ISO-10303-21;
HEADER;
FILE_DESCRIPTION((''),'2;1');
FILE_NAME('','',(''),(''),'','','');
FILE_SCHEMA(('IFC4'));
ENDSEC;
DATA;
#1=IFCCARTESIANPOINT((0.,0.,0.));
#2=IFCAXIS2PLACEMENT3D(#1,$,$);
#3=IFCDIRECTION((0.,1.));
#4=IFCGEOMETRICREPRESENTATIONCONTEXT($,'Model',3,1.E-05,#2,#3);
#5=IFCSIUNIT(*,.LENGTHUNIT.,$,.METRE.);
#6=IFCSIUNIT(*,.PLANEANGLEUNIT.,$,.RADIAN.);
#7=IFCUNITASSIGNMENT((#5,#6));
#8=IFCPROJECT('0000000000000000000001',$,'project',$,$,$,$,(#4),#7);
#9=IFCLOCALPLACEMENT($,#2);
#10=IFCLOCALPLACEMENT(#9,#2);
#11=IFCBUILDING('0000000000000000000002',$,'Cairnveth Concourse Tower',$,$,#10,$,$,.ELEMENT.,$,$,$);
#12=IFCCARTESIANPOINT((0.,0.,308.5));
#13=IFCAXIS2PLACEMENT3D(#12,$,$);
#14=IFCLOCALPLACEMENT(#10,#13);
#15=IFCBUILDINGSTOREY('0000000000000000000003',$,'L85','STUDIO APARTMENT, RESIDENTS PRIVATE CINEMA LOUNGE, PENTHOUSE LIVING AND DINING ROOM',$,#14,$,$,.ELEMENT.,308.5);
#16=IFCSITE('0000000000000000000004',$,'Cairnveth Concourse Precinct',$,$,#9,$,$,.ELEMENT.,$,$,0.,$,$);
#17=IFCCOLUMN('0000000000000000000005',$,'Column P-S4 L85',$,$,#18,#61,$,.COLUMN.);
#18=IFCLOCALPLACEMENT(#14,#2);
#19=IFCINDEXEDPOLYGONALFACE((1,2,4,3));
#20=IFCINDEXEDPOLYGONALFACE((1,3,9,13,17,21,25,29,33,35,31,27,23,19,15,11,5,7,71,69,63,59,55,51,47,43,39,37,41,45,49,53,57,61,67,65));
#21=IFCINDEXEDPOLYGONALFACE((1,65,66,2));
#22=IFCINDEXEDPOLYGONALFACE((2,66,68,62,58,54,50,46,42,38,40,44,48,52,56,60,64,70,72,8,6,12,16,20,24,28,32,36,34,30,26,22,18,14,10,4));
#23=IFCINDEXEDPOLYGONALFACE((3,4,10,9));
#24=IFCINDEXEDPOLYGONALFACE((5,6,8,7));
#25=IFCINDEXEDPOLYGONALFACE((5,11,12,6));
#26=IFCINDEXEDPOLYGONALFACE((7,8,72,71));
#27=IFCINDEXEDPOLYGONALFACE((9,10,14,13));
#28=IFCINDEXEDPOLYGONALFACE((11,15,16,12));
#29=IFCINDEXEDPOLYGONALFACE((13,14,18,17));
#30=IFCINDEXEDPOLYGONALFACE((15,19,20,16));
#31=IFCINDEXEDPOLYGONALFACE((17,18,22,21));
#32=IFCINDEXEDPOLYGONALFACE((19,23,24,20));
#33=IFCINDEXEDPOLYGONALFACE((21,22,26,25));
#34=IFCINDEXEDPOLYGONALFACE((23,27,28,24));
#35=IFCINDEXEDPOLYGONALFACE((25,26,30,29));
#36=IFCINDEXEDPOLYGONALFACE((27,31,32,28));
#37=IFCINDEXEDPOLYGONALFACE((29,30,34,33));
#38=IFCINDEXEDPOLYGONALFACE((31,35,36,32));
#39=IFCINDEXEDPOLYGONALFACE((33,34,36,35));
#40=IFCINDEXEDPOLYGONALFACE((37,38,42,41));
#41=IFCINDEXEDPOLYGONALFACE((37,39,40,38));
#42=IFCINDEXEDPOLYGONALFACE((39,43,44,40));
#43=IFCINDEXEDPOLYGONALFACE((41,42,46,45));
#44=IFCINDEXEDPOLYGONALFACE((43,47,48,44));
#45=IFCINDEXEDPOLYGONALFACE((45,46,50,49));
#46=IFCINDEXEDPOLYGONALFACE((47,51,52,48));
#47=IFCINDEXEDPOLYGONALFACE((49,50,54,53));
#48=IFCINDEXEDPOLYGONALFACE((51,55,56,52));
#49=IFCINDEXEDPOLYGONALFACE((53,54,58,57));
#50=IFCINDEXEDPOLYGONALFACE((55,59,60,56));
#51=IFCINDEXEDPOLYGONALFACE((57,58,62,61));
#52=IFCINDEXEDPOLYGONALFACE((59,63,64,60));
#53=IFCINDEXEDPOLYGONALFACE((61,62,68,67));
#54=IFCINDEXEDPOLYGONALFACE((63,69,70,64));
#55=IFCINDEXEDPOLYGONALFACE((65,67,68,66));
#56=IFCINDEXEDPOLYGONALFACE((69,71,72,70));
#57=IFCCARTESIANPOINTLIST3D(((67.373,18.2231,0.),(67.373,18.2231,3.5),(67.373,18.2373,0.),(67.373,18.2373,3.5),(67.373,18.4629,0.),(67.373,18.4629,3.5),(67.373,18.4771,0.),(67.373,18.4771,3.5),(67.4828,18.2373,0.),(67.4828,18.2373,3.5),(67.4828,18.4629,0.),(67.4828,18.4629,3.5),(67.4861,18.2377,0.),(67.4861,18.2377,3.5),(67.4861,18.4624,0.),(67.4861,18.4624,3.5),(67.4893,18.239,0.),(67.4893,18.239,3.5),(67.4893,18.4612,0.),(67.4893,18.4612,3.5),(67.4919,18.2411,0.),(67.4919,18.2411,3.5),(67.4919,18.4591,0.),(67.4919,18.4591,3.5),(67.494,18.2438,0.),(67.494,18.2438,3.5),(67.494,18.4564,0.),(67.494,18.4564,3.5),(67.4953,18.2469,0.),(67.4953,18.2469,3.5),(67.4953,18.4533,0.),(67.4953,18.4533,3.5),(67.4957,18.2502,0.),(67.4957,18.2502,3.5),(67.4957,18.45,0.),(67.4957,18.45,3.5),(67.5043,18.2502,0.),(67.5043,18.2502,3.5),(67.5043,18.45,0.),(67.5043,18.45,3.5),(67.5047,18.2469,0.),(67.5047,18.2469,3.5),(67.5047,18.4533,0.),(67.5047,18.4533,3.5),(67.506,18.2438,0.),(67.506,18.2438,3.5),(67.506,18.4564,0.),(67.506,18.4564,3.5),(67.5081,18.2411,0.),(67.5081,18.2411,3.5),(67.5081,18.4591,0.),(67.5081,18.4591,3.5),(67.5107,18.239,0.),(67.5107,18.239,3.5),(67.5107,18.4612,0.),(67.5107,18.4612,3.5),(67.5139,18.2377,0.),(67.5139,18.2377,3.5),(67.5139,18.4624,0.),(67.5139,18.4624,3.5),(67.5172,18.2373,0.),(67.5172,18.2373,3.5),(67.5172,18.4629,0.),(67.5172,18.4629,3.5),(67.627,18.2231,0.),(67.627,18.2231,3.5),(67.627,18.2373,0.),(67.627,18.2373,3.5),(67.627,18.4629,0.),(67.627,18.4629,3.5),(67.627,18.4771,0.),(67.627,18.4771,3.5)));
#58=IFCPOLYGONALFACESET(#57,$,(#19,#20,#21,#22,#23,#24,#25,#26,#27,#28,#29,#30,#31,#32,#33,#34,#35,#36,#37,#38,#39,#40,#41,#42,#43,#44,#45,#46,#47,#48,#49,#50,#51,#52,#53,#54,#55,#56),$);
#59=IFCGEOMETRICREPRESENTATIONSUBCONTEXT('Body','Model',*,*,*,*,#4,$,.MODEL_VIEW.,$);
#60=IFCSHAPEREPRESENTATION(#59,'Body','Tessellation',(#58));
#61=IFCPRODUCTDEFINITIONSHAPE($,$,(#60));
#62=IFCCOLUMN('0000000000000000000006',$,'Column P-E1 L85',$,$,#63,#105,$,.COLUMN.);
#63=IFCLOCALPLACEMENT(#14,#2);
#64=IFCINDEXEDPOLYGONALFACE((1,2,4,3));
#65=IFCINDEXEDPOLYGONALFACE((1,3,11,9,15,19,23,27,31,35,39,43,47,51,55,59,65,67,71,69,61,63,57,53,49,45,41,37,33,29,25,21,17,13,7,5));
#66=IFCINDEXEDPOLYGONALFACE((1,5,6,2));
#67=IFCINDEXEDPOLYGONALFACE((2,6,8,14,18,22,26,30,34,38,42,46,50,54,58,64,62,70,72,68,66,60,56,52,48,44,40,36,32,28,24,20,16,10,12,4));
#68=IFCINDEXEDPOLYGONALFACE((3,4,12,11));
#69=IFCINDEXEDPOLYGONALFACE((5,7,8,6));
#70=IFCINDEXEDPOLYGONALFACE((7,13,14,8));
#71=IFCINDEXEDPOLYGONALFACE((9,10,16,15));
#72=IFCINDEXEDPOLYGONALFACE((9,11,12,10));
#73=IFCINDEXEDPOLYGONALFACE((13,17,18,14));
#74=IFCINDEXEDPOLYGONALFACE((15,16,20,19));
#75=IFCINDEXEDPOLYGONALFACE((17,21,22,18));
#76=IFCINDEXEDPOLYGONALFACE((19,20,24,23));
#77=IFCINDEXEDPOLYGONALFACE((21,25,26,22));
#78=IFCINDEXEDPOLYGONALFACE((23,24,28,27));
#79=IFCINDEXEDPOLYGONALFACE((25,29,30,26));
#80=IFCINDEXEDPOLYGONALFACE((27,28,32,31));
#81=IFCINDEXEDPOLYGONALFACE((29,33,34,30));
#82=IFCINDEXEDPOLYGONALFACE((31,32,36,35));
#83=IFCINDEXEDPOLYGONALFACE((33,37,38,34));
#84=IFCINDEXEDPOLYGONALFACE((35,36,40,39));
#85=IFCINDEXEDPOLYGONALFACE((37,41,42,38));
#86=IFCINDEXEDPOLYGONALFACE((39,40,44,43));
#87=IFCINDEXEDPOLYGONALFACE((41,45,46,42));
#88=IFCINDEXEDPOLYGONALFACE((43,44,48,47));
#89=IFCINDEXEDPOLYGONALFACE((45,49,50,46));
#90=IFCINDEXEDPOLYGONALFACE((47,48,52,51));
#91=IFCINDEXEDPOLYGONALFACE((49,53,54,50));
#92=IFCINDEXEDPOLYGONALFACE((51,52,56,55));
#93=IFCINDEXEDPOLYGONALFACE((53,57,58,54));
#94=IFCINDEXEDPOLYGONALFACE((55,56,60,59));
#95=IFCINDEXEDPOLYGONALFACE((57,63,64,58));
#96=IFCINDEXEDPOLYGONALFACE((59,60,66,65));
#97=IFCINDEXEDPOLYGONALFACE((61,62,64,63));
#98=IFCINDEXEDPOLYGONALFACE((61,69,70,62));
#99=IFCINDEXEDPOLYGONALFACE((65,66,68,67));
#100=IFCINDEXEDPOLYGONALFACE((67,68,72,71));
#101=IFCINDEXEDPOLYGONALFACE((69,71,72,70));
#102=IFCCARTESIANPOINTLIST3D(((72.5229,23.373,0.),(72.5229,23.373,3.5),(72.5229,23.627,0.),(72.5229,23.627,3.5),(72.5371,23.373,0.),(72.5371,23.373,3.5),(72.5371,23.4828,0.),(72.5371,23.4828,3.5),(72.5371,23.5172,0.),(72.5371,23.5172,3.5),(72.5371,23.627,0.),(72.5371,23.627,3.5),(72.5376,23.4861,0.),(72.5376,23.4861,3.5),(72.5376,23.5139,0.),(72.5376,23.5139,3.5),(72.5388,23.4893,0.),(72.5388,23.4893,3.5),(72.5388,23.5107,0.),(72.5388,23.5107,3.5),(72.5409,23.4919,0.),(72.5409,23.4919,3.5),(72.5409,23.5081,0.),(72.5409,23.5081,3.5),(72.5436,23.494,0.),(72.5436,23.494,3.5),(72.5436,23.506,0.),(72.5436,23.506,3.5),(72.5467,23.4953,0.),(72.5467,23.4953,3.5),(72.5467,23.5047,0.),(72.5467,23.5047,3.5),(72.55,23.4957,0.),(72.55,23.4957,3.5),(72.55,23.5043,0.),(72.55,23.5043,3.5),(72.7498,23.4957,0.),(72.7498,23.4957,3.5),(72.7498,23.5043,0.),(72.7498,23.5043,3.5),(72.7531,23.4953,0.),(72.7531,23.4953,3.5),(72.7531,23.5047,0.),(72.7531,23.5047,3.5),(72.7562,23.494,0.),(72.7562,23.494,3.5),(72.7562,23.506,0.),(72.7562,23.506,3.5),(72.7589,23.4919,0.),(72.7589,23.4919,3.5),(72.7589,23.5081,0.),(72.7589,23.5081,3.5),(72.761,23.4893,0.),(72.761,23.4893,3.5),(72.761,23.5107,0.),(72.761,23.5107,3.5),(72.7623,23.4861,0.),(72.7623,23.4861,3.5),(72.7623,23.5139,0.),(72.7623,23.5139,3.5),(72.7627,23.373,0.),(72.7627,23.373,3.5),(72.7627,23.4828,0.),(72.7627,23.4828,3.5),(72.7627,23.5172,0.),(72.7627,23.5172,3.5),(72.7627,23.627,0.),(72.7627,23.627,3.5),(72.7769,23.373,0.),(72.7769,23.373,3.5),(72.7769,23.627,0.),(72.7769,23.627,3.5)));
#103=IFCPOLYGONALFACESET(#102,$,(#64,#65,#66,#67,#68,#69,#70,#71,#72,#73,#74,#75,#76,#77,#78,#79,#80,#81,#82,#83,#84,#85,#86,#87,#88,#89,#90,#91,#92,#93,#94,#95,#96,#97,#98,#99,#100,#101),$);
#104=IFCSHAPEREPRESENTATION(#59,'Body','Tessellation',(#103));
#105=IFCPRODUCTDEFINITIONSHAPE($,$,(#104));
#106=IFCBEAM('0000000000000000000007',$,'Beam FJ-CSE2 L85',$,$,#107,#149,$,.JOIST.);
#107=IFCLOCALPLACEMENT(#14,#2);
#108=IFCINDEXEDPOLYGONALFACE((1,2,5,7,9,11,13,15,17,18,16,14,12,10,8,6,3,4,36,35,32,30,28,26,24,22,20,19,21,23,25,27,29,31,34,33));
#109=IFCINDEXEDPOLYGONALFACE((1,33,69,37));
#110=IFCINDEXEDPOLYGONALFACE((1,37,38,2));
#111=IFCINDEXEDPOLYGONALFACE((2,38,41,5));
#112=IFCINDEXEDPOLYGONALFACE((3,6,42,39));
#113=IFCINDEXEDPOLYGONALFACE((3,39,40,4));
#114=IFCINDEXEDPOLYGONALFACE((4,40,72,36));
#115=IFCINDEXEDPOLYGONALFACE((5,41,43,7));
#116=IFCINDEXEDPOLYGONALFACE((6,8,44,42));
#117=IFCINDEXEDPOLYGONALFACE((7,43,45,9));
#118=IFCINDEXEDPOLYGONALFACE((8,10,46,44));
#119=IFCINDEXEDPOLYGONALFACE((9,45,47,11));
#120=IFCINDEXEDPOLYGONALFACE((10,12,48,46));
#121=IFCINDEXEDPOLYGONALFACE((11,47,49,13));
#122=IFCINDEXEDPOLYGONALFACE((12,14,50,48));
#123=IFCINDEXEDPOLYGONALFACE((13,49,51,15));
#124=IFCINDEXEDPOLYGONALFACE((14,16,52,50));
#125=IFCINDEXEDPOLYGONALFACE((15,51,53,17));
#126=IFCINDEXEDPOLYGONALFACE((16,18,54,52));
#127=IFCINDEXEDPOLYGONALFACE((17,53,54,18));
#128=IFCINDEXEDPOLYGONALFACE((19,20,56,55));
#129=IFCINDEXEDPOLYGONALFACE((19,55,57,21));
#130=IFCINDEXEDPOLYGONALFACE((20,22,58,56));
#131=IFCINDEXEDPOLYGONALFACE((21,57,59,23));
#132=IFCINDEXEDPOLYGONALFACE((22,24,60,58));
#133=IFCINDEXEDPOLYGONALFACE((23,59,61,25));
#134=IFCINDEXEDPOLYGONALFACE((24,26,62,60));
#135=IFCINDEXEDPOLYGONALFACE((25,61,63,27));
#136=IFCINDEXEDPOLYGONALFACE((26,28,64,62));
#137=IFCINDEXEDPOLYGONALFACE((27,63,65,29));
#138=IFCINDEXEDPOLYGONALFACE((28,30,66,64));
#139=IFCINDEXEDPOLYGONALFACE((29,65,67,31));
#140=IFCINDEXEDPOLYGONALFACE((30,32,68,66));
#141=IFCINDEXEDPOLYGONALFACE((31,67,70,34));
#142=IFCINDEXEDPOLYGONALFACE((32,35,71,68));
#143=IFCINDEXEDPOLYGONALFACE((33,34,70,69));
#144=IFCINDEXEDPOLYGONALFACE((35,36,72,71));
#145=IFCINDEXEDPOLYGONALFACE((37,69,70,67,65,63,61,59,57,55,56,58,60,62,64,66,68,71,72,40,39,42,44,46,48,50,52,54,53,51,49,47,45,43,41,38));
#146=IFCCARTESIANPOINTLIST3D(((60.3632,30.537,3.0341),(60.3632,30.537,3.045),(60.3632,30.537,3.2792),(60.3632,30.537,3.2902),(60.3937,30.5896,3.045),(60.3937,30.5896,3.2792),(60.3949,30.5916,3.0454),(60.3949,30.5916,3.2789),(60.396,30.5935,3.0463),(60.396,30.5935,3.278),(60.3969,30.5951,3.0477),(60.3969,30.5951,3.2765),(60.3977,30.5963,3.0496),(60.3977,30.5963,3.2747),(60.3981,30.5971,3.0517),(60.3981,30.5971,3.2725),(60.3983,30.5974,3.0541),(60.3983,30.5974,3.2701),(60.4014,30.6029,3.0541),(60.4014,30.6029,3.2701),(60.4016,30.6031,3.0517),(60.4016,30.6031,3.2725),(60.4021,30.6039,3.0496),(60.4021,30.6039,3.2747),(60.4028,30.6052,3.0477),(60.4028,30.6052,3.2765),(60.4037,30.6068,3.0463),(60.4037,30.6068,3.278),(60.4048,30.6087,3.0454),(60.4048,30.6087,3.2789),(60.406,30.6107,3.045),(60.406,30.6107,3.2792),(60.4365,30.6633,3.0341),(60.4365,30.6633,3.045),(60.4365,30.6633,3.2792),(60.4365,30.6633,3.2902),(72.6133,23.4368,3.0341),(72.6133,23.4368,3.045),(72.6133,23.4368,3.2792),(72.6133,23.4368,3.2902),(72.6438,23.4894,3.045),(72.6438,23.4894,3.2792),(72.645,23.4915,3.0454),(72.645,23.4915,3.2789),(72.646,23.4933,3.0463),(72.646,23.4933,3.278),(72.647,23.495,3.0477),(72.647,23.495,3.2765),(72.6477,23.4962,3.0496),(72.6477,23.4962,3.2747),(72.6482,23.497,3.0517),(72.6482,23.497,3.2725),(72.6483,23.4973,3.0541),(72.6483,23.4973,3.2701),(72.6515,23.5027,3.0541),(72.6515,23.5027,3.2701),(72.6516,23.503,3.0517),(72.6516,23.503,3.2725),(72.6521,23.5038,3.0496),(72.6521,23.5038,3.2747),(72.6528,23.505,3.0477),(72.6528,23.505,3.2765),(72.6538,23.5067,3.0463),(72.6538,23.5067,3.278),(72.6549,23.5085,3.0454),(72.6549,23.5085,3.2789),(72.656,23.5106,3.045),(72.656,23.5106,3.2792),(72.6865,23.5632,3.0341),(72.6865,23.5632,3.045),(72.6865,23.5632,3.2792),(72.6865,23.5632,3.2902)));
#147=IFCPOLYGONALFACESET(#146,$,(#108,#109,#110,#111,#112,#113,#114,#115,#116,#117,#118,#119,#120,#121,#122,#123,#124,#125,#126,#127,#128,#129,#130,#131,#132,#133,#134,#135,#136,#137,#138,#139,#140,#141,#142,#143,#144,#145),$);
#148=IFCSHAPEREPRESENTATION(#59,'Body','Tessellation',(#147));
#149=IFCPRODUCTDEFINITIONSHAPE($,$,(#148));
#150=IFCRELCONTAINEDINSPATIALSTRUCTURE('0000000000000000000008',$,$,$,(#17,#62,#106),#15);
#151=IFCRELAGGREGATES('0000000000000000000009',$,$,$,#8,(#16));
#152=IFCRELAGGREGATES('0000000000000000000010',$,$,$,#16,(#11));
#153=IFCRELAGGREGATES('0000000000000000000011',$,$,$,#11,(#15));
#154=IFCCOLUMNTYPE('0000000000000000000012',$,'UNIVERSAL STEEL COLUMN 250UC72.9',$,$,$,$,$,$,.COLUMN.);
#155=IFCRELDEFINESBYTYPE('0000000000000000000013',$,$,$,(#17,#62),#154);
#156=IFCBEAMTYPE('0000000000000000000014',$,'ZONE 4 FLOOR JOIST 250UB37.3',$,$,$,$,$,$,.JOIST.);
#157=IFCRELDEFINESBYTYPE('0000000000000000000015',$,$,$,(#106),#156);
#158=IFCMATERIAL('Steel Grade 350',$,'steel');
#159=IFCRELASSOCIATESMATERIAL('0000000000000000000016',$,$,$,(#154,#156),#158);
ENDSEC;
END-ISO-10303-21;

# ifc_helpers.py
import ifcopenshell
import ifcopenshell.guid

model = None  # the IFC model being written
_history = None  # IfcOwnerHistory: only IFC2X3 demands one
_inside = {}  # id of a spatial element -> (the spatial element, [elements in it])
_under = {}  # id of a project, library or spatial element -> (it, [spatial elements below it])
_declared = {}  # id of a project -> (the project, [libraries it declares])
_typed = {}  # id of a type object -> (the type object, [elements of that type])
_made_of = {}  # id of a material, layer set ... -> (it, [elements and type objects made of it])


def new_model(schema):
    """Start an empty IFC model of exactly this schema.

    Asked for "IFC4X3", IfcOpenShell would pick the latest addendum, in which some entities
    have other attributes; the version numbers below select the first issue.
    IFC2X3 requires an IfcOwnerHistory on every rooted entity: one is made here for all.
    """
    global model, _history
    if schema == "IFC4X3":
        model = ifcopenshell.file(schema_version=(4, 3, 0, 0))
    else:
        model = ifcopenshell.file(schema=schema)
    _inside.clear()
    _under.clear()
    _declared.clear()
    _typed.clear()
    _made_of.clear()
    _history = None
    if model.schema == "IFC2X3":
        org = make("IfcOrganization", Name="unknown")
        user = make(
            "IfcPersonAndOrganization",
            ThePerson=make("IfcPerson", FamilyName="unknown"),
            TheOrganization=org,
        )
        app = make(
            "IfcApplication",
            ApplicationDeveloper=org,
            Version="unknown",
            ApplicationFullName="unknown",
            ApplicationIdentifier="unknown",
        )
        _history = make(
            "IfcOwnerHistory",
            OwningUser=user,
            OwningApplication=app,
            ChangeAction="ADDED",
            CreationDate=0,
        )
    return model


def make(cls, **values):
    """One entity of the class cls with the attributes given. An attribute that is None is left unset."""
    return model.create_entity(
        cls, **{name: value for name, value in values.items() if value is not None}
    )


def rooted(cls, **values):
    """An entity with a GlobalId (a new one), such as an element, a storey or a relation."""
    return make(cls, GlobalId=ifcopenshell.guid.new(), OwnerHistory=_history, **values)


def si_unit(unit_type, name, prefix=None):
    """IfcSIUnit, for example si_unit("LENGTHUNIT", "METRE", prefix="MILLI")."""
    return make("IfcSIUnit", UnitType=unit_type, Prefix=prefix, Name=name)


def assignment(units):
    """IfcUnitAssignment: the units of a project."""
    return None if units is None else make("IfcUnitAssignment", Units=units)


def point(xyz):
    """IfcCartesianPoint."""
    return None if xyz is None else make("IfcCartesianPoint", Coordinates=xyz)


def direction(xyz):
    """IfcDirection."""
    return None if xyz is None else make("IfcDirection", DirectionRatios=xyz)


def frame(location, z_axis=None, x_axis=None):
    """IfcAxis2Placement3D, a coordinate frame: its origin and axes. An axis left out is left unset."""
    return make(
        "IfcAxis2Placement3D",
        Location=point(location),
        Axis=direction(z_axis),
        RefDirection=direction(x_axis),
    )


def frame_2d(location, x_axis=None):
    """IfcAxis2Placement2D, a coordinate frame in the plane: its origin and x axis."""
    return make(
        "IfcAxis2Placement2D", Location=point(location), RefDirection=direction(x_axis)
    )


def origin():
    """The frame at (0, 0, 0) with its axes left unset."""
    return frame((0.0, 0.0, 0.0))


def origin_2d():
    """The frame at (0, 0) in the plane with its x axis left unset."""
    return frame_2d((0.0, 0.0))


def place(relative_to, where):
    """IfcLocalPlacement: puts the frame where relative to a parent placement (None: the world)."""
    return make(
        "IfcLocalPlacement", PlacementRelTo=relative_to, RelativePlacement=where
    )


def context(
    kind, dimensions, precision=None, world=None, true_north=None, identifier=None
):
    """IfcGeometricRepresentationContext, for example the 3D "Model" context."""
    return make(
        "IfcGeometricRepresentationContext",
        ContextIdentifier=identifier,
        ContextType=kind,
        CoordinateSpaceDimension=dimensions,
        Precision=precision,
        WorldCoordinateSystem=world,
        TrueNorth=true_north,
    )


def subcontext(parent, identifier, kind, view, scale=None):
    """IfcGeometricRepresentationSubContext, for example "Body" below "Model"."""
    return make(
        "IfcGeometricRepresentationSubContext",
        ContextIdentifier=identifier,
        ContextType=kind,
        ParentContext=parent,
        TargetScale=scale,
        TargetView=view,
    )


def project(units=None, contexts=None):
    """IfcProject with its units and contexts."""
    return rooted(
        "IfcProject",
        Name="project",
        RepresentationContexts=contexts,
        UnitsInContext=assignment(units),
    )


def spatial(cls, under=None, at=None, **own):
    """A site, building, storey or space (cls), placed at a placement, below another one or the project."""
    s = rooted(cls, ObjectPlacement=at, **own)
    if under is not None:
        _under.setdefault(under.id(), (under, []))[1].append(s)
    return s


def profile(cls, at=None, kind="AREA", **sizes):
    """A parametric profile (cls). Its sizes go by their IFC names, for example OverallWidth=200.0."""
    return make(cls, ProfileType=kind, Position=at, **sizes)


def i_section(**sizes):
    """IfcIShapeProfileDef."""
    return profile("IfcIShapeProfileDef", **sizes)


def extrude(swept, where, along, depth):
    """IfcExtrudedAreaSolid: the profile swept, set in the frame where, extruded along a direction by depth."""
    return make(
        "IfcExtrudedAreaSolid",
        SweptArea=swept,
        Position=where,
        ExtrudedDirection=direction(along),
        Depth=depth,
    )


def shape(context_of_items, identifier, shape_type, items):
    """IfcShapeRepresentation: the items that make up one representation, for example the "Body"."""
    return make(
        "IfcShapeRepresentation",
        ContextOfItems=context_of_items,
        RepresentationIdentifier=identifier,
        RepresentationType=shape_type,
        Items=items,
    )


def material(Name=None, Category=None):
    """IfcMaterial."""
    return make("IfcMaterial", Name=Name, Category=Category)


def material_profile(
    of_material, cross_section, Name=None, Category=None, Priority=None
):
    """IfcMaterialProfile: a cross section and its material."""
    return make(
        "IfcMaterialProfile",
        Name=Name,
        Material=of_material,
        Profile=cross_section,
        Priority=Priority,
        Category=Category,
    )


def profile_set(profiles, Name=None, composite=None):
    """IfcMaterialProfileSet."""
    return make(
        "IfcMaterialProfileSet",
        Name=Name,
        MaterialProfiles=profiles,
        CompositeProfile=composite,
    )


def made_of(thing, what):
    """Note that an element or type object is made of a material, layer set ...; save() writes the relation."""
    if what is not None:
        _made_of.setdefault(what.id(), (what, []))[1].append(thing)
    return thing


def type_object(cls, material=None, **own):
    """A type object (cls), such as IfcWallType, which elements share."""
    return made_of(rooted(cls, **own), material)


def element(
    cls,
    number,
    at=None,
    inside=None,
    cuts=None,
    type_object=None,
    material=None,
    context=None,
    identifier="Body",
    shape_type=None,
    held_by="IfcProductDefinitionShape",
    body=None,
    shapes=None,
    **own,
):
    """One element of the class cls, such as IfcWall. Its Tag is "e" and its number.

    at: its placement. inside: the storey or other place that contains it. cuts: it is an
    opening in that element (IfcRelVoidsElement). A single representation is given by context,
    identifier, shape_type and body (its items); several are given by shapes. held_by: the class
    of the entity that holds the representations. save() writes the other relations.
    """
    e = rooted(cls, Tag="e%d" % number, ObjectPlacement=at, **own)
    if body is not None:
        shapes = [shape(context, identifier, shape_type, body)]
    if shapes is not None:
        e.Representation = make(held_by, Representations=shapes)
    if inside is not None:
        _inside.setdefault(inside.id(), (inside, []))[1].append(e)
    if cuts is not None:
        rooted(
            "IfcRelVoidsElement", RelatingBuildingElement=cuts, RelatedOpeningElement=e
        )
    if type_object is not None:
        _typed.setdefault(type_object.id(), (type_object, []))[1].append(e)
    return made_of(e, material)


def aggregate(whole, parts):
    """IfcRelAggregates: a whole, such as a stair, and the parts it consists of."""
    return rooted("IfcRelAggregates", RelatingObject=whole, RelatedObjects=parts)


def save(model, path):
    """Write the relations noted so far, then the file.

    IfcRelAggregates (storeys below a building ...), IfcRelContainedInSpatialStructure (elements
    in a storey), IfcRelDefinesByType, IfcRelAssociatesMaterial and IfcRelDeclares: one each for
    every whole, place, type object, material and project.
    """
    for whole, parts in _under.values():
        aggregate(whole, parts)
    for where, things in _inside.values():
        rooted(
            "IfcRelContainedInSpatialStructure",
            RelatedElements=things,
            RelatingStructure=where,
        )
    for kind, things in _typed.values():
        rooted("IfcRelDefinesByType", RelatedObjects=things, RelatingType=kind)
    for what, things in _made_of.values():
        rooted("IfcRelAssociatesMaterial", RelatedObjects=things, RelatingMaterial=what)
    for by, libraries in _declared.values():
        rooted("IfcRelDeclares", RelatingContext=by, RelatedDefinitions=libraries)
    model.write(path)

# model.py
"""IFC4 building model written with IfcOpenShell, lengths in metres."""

from ifc_helpers import new_model, si_unit, direction, frame, origin, origin_2d, place, context, subcontext, project, spatial, i_section, extrude, material, material_profile, profile_set, type_object, element, save


model = new_model("IFC4")

# Units and contexts
model_context = context("Model", 3, precision=1e-05, world=origin(), true_north=direction((0.0, 1.0)))
body_context = subcontext(model_context, "Body", "Model", "MODEL_VIEW")
ifc_project = project(units=[si_unit("LENGTHUNIT", "METRE"), si_unit("PLANEANGLEUNIT", "RADIAN")], contexts=[model_context])

# Site, building, storey
site_placement = place(None, origin())
site = spatial("IfcSite", under=ifc_project, at=site_placement, Name="Cairnveth Concourse Precinct", CompositionType="ELEMENT", RefElevation=0.0)
building_placement = place(site_placement, origin())
building = spatial("IfcBuilding", under=site, at=building_placement, Name="Cairnveth Concourse Tower", CompositionType="ELEMENT")
storey_placement = place(building_placement, frame((0.0, 0.0, 308.5)))
storey = spatial("IfcBuildingStorey", under=building, at=storey_placement, Name="L85", Description="STUDIO APARTMENT, RESIDENTS PRIVATE CINEMA LOUNGE, PENTHOUSE LIVING AND DINING ROOM", CompositionType="ELEMENT", Elevation=308.5)

# Columns
ifc_material_1 = material(Name="Steel Grade 350", Category="steel")
ifc_material_profile_1 = material_profile(ifc_material_1, i_section(OverallWidth=0.2539, OverallDepth=0.2539, WebThickness=0.0085, FlangeThickness=0.0142, FilletRadius=0.0129, at=origin_2d()), Name="250UC72.9")
ifc_profile_set_1 = profile_set([ifc_material_profile_1], Name="Steel Grade 350")
column_type = type_object("IfcColumnType", Name="UNIVERSAL STEEL COLUMN 250UC72.9", PredefinedType="COLUMN", material=ifc_profile_set_1)
for number, where, z_axis, x_axis, name in (
    (1, (67.5, 18.3501, 0.0), (0.0, 0.0, 1.0), (1.0, 0.0, 0.0), "Column P-S4 L85"),
    (2, (72.6499, 23.5, 0.0), (0.0, 0.0, 1.0), (0.0, 1.0, 0.0), "Column P-E1 L85"),
):
    element("IfcColumn", number, at=place(storey_placement, frame(where, z_axis=z_axis, x_axis=x_axis)), inside=storey, type_object=column_type, Name=name, PredefinedType="COLUMN", context=body_context, shape_type="SweptSolid", body=[
        extrude(i_section(OverallWidth=0.2539, OverallDepth=0.2539, WebThickness=0.0085, FlangeThickness=0.0142, FilletRadius=0.0129, at=origin_2d()), origin(), (0.0, 0.0, 1.0), 3.5),
    ])

# Beam
ifc_material_profile_2 = material_profile(ifc_material_1, i_section(OverallWidth=0.146, OverallDepth=0.2561, WebThickness=0.0063, FlangeThickness=0.011, FilletRadius=0.009, at=origin_2d()), Name="250UB37.3")
ifc_profile_set_2 = profile_set([ifc_material_profile_2], Name="Steel Grade 350")
beam_type_1 = type_object("IfcBeamType", Name="ZONE 4 FLOOR JOIST 250UB37.3", PredefinedType="JOIST", material=ifc_profile_set_2)
beam_1_placement = place(storey_placement, frame((72.6499, 23.5, 3.1621), z_axis=(-0.865181, 0.501459, 0.0), x_axis=(-0.501459, -0.865181, 0.0)))
element("IfcBeam", 3, at=beam_1_placement, inside=storey, type_object=beam_type_1, Name="Beam FJ-CSE2 L85", PredefinedType="JOIST", context=body_context, shape_type="SweptSolid", body=[
    extrude(i_section(OverallWidth=0.146, OverallDepth=0.2561, WebThickness=0.0063, FlangeThickness=0.011, FilletRadius=0.009, at=origin_2d()), origin(), (0.0, 0.0, 1.0), 14.1589),
])

save(model, "model.ifc")
